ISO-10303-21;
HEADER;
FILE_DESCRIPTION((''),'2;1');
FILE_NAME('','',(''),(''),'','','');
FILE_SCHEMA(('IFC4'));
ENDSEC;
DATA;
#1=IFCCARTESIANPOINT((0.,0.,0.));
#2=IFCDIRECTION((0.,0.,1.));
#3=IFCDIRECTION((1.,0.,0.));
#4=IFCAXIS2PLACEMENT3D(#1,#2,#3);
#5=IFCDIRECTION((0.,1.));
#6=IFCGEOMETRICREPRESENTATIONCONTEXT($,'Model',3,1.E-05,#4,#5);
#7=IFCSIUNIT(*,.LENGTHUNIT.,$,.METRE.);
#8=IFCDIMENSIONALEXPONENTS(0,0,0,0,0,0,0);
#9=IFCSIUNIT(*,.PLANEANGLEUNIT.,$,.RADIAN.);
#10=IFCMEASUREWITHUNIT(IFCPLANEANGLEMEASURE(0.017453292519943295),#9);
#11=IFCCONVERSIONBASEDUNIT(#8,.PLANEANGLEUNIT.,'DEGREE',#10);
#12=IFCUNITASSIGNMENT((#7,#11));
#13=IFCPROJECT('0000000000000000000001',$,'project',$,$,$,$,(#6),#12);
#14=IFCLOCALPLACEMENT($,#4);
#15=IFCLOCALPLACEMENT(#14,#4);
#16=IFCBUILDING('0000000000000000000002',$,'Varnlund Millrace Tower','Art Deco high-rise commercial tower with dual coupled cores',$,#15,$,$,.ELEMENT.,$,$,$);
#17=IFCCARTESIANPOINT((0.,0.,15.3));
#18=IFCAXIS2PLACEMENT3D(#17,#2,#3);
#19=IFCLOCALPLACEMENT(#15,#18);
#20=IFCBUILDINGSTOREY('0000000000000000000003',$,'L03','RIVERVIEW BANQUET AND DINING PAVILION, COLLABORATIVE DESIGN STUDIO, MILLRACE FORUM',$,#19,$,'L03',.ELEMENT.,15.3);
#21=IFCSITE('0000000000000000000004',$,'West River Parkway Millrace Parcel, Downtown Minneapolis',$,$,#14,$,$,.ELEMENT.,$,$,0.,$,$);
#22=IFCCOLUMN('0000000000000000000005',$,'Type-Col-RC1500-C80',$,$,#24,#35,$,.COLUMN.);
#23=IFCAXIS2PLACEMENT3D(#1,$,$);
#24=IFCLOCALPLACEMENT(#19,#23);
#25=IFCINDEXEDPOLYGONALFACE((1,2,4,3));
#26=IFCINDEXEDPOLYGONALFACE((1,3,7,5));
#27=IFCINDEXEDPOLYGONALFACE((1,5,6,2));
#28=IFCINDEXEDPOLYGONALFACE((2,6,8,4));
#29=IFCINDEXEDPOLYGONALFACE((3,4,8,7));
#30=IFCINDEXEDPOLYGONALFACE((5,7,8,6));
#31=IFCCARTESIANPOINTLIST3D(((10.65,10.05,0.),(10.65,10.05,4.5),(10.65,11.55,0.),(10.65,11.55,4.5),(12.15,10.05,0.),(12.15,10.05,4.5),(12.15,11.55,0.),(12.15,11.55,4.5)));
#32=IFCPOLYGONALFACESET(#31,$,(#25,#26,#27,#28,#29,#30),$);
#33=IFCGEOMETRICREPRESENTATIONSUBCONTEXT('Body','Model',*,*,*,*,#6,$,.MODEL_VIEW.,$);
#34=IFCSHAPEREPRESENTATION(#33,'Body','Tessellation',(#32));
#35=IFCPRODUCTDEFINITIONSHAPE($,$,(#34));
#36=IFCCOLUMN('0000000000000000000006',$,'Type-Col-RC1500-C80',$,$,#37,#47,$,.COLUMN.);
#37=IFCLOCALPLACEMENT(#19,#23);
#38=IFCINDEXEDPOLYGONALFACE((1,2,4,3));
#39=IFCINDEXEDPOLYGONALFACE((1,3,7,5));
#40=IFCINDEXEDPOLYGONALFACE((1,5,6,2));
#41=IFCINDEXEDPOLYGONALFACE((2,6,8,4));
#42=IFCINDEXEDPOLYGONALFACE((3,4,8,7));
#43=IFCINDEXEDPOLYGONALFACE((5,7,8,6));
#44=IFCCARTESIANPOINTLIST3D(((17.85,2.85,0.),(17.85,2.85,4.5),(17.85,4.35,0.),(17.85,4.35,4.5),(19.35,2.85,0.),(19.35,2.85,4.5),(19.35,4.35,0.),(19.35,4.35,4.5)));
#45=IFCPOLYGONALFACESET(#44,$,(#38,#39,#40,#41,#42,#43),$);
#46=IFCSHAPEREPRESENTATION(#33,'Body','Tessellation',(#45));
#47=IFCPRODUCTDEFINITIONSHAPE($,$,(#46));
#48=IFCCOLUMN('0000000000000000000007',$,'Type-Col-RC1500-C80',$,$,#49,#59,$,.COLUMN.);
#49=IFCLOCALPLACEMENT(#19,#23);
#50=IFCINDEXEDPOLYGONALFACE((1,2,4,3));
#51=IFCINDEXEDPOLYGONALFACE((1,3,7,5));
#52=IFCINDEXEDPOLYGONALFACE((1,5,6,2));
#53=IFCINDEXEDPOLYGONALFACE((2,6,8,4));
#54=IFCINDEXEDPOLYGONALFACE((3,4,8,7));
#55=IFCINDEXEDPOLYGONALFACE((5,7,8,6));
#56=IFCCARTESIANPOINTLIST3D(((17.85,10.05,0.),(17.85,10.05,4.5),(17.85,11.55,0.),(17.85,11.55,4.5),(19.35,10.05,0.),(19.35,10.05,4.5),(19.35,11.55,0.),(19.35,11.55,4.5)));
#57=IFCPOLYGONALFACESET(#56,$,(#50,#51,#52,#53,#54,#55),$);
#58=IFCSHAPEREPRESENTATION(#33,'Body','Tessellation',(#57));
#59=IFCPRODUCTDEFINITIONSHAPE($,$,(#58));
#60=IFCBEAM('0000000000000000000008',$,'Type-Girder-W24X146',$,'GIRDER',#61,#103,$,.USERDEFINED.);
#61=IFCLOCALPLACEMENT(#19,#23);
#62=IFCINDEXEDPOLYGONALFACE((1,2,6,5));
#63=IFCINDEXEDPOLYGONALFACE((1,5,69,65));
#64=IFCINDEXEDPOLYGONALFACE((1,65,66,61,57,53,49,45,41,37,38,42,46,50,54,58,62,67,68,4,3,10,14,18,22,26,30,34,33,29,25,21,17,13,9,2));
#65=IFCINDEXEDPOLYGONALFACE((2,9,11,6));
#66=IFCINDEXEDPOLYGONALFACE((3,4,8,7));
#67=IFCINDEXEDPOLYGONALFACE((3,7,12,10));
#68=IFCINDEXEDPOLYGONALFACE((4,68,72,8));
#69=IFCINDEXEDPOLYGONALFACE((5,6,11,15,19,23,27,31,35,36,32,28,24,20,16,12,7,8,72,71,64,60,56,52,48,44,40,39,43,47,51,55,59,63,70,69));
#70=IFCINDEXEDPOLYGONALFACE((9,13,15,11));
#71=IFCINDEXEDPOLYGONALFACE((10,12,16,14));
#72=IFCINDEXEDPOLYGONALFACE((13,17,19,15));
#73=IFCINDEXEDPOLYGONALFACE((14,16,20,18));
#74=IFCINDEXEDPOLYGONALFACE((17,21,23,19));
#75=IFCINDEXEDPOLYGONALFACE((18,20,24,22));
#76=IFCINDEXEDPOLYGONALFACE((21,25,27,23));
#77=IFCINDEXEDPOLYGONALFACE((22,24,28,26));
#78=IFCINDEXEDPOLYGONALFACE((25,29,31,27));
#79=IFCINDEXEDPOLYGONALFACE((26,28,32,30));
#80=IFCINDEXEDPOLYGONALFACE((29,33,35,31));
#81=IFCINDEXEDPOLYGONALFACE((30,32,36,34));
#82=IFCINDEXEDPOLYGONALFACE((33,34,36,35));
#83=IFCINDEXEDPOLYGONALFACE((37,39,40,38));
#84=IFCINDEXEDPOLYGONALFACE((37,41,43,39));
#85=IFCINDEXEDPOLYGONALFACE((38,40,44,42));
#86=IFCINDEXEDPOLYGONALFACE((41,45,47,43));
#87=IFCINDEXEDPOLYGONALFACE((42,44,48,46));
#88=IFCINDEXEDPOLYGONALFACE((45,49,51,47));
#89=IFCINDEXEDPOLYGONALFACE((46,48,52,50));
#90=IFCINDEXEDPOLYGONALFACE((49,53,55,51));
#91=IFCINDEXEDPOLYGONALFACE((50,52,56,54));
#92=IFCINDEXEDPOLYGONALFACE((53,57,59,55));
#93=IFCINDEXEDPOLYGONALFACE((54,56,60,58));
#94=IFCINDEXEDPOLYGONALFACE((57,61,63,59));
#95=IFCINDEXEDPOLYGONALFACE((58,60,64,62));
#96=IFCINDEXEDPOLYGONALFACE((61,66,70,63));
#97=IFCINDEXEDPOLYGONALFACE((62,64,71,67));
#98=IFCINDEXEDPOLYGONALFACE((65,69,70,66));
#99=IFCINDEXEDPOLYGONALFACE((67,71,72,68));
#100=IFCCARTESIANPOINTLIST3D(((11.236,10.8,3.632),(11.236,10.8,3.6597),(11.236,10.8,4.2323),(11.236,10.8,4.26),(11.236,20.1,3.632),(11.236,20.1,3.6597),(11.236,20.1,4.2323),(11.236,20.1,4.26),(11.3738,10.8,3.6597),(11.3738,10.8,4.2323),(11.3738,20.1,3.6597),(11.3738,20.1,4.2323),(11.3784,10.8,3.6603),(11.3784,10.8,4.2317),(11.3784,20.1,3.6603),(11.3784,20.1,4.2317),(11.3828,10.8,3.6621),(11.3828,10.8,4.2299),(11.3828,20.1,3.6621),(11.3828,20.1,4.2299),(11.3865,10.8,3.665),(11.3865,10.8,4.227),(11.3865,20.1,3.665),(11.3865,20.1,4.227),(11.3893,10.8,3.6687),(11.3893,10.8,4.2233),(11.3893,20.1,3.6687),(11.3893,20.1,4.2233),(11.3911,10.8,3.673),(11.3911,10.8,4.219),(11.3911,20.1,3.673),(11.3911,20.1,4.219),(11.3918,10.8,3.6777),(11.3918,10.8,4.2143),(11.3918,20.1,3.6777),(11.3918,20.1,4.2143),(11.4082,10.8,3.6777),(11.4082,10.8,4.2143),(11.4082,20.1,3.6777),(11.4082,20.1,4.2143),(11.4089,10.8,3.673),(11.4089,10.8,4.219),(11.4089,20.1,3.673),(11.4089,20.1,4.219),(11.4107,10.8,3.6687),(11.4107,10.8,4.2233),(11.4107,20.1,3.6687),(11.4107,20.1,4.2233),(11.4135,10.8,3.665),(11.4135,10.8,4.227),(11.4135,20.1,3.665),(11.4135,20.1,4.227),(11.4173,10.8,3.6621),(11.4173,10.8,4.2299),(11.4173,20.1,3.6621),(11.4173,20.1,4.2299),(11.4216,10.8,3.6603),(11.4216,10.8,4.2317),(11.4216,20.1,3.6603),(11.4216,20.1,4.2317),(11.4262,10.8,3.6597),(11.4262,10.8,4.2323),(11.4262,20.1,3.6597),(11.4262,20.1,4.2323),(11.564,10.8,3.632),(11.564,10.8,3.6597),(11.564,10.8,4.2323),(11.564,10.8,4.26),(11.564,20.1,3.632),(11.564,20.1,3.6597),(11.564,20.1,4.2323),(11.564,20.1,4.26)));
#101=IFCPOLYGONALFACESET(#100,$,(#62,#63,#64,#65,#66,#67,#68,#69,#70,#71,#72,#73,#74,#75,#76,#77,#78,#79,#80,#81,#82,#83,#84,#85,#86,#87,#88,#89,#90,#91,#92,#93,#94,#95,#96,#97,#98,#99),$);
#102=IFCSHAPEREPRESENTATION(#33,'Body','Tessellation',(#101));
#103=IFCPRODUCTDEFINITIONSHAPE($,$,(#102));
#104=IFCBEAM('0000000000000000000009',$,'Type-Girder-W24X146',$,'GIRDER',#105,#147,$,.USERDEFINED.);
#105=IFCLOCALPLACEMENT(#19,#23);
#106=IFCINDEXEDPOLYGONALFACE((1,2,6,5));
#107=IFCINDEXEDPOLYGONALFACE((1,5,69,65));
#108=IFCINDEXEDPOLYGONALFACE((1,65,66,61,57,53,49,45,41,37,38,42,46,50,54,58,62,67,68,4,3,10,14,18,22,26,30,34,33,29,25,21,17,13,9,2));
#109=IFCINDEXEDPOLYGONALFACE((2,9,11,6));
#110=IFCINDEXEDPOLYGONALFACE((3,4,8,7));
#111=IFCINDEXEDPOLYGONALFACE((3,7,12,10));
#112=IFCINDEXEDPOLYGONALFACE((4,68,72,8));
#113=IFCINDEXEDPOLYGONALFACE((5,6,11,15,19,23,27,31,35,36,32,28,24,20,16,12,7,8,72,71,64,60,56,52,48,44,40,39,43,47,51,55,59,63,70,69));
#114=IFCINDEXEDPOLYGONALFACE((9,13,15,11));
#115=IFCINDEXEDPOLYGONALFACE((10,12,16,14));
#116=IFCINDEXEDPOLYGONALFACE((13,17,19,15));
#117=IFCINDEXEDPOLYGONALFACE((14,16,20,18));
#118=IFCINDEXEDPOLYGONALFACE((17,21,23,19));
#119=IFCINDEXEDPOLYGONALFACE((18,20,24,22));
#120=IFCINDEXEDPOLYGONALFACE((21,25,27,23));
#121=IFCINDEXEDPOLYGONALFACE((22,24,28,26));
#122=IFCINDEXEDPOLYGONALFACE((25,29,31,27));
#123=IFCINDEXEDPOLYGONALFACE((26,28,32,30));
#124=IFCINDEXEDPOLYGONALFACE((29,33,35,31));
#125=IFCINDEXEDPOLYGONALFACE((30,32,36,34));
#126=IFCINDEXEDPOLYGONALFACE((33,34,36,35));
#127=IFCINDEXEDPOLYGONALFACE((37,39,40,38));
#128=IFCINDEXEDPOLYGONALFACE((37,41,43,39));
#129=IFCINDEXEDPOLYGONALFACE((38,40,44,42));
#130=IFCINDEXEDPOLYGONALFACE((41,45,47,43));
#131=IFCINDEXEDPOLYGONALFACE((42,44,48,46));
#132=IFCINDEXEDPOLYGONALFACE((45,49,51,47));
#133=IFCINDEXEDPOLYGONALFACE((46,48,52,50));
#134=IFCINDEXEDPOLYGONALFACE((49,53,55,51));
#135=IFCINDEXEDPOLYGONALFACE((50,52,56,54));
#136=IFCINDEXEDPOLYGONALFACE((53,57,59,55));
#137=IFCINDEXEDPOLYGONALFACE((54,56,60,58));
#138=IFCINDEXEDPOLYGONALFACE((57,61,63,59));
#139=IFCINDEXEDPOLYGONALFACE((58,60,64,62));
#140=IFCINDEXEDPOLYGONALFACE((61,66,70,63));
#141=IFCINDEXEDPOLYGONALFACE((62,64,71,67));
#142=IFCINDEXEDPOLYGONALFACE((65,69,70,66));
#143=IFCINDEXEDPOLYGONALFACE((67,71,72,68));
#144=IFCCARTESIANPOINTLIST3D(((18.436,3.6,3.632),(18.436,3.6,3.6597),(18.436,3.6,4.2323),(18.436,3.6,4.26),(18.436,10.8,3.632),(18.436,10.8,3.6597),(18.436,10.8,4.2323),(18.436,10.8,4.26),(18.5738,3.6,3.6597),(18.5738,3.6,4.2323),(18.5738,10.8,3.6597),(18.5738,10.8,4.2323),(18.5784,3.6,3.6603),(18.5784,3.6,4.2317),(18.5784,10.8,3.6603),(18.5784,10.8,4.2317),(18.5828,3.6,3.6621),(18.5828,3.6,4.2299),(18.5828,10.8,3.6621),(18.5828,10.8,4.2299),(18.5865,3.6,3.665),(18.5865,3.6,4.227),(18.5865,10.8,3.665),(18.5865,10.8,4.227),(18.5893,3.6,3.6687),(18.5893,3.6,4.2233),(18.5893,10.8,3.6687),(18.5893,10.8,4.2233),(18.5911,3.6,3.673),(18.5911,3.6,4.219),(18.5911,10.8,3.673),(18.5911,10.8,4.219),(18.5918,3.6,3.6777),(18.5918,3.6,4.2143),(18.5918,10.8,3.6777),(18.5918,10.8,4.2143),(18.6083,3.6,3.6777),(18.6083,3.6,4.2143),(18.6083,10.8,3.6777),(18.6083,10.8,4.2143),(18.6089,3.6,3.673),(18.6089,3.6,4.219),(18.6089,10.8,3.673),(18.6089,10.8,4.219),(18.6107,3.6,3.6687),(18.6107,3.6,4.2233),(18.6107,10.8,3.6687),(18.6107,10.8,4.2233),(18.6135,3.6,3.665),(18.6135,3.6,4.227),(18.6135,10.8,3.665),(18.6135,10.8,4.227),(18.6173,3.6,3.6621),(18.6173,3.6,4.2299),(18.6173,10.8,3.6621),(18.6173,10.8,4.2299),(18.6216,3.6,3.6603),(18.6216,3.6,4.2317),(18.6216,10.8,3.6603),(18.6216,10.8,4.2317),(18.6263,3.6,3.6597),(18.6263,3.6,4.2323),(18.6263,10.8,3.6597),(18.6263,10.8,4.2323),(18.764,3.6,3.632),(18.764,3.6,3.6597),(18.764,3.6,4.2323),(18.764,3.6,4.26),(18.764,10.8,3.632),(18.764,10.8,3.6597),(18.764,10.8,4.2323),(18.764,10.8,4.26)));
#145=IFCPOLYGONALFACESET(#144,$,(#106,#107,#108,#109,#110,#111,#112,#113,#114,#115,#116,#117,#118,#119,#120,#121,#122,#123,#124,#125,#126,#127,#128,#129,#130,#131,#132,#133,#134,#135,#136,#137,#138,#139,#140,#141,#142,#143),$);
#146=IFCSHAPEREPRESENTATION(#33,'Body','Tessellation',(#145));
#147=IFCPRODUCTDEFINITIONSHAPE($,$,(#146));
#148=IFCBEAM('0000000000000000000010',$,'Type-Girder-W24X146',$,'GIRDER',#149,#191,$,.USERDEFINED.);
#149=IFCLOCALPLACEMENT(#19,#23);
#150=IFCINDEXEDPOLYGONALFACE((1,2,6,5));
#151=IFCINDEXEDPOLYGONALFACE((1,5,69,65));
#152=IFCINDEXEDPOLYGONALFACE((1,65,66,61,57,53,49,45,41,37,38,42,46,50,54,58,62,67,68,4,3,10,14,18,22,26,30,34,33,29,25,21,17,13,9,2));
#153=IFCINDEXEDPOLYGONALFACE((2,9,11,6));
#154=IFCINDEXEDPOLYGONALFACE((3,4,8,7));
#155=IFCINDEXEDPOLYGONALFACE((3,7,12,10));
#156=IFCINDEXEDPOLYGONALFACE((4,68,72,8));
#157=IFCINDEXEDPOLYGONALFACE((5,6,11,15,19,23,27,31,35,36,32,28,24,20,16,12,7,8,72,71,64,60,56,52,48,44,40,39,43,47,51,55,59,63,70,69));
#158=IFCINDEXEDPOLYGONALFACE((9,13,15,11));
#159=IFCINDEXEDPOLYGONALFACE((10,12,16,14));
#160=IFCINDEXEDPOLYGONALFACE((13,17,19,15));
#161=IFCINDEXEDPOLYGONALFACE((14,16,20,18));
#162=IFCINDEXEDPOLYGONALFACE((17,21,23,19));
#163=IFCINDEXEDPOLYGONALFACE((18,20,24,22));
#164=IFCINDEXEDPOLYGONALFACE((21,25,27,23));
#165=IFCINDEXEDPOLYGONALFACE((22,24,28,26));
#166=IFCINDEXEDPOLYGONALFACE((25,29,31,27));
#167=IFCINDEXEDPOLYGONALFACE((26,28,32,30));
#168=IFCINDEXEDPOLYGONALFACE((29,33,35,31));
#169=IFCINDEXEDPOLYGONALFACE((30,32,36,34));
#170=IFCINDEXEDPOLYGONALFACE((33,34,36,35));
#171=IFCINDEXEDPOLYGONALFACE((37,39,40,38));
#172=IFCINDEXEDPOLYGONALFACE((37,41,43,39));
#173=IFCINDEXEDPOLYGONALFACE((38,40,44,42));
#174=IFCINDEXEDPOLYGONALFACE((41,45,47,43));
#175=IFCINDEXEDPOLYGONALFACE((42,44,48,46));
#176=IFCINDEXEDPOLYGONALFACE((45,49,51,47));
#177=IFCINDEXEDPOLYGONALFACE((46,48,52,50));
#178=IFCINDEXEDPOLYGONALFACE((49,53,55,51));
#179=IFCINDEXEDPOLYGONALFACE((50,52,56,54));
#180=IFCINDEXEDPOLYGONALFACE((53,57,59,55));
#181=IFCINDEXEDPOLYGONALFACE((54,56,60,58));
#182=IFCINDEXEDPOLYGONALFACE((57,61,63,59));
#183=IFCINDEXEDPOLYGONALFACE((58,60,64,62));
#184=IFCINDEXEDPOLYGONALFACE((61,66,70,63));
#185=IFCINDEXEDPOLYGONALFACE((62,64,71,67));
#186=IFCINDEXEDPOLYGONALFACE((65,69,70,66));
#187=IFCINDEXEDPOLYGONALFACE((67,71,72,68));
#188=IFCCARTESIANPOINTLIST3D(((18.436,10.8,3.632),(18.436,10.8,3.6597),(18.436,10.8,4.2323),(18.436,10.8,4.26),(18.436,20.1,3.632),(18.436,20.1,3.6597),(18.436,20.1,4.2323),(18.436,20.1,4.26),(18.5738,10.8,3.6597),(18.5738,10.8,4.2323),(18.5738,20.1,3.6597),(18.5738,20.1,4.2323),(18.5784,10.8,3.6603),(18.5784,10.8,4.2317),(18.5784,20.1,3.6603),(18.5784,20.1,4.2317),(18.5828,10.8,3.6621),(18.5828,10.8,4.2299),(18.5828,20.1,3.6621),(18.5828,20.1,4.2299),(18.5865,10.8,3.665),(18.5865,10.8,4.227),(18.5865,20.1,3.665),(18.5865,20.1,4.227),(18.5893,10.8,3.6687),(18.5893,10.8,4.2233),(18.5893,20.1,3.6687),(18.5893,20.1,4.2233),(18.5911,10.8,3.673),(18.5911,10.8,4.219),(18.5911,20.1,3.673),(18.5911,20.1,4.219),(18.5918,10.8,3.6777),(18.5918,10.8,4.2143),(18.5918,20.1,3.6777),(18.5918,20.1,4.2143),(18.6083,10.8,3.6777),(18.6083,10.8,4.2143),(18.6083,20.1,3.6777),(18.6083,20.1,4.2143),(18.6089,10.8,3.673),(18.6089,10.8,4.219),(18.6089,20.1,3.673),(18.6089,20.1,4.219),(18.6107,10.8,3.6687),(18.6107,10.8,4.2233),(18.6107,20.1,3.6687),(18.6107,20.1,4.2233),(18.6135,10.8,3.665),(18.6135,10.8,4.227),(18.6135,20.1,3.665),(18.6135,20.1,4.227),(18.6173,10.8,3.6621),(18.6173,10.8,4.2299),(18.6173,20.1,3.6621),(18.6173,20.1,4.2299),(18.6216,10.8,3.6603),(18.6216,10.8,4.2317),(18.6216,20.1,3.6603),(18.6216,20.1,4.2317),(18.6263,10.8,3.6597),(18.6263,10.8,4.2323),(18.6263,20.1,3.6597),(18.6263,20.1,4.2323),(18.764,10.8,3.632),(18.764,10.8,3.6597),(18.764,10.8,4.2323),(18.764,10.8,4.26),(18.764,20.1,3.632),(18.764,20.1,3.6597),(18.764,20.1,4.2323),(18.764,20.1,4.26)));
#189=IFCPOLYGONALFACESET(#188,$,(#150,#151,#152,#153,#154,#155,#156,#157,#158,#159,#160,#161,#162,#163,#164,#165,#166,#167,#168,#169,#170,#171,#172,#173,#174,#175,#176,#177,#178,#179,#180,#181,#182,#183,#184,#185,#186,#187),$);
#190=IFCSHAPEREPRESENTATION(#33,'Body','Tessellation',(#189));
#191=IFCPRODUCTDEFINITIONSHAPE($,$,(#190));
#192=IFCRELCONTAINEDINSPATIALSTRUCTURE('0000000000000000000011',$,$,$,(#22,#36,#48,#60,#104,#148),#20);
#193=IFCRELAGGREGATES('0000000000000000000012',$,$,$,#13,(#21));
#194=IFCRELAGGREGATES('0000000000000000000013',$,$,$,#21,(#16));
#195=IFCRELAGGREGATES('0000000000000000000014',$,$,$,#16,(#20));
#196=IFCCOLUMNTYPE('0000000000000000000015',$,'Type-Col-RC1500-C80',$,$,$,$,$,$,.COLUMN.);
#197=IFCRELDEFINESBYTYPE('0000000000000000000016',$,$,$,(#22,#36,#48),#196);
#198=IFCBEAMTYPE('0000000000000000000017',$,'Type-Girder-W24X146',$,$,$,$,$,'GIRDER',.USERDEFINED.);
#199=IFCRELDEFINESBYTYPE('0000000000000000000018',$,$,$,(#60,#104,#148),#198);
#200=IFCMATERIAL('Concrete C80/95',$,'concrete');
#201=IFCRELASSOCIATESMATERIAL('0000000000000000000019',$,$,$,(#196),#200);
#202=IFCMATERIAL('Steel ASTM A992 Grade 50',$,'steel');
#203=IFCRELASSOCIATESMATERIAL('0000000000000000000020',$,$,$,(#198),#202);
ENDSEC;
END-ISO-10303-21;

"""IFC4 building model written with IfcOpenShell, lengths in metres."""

from ifc_helpers import new_model, entity, si_unit, converted_unit, direction, frame, origin_with_axes, origin_2d_with_axis, place, context, subcontext, project, spatial, rectangle, i_section, extrude, material, material_profile, profile_set, type_object, element, save


model = new_model("IFC4")

# Units and contexts
model_context = context("Model", 3, precision=1e-05, world=origin_with_axes(), true_north=direction((0.0, 1.0)))
body_context = subcontext(model_context, "Body", "Model", "MODEL_VIEW")
ifc_project = project(units=[si_unit("LENGTHUNIT", "METRE"), converted_unit("PLANEANGLEUNIT", "DEGREE", entity("IfcPlaneAngleMeasure", 0.017453292519943295), si_unit("PLANEANGLEUNIT", "RADIAN"), dimensions=[0, 0, 0, 0, 0, 0, 0])], contexts=[model_context])

# Site, building, storey
site_placement = place(None, origin_with_axes())
site = spatial("IfcSite", under=ifc_project, at=site_placement, Name="West River Parkway Millrace Parcel, Downtown Minneapolis", CompositionType="ELEMENT", RefElevation=0.0)
building_placement = place(site_placement, origin_with_axes())
building = spatial("IfcBuilding", under=site, at=building_placement, Name="Varnlund Millrace Tower", Description="Art Deco high-rise commercial tower with dual coupled cores", CompositionType="ELEMENT")
storey_placement = place(building_placement, frame((0.0, 0.0, 15.3), z_axis=(0.0, 0.0, 1.0), x_axis=(1.0, 0.0, 0.0)))
storey = spatial("IfcBuildingStorey", under=building, at=storey_placement, Name="L03", Description="RIVERVIEW BANQUET AND DINING PAVILION, COLLABORATIVE DESIGN STUDIO, MILLRACE FORUM", LongName="L03", CompositionType="ELEMENT", Elevation=15.3)

# Columns
ifc_material_1 = material(Name="Concrete C80/95", Category="concrete")
ifc_material_profile_1 = material_profile(ifc_material_1, rectangle(XDim=1.5, YDim=1.5, at=origin_2d_with_axis()), Name="Concrete C80/95")
ifc_profile_set_1 = profile_set([ifc_material_profile_1], Name="Concrete C80/95")
column_type = type_object("IfcColumnType", Name="Type-Col-RC1500-C80", PredefinedType="COLUMN", material=ifc_profile_set_1)
for number, where, z_axis, x_axis, name in (
    (1, (11.4, 10.8, 0.0), (0.0, 0.0, 1.0), (1.0, 0.0, 0.0), "Type-Col-RC1500-C80"),
    (2, (18.6, 3.6, 0.0), (0.0, 0.0, 1.0), (1.0, 0.0, 0.0), "Type-Col-RC1500-C80"),
    (3, (18.6, 10.8, 0.0), (0.0, 0.0, 1.0), (1.0, 0.0, 0.0), "Type-Col-RC1500-C80"),
):
    element("IfcColumn", number, at=place(storey_placement, frame(where, z_axis=z_axis, x_axis=x_axis)), inside=storey, type_object=column_type, Name=name, PredefinedType="COLUMN", context=body_context, shape_type="SweptSolid", body=[
        extrude(rectangle(XDim=1.5, YDim=1.5, at=origin_2d_with_axis()), origin_with_axes(), (0.0, 0.0, 1.0), 4.5),
    ])

# Beams
ifc_material_2 = material(Name="Steel ASTM A992 Grade 50", Category="steel")
ifc_material_profile_2 = material_profile(ifc_material_2, i_section(OverallWidth=0.328, OverallDepth=0.628, WebThickness=0.0165, FlangeThickness=0.0277, FilletRadius=0.018, at=origin_2d_with_axis()), Name="Steel ASTM A992 Grade 50")
ifc_profile_set_2 = profile_set([ifc_material_profile_2], Name="Steel ASTM A992 Grade 50")
beam_type_1 = type_object("IfcBeamType", Name="Type-Girder-W24X146", ElementType="GIRDER", PredefinedType="USERDEFINED", material=ifc_profile_set_2)
beam_1_placement = place(storey_placement, frame((11.4, 10.8, 3.946), z_axis=(0.0, 1.0, 0.0), x_axis=(-1.0, 0.0, 0.0)))
element("IfcBeam", 4, at=beam_1_placement, inside=storey, type_object=beam_type_1, Name="Type-Girder-W24X146", ObjectType="GIRDER", PredefinedType="USERDEFINED", context=body_context, shape_type="SweptSolid", body=[
    extrude(i_section(OverallWidth=0.328, OverallDepth=0.628, WebThickness=0.0165, FlangeThickness=0.0277, FilletRadius=0.018, at=origin_2d_with_axis()), origin_with_axes(), (0.0, 0.0, 1.0), 9.3),
])
beam_2_placement = place(storey_placement, frame((18.6, 3.6, 3.946), z_axis=(0.0, 1.0, 0.0), x_axis=(-1.0, 0.0, 0.0)))
element("IfcBeam", 5, at=beam_2_placement, inside=storey, type_object=beam_type_1, Name="Type-Girder-W24X146", ObjectType="GIRDER", PredefinedType="USERDEFINED", context=body_context, shape_type="SweptSolid", body=[
    extrude(i_section(OverallWidth=0.328, OverallDepth=0.628, WebThickness=0.0165, FlangeThickness=0.0277, FilletRadius=0.018, at=origin_2d_with_axis()), origin_with_axes(), (0.0, 0.0, 1.0), 7.2),
])
beam_3_placement = place(storey_placement, frame((18.6, 10.8, 3.946), z_axis=(0.0, 1.0, 0.0), x_axis=(-1.0, 0.0, 0.0)))
element("IfcBeam", 6, at=beam_3_placement, inside=storey, type_object=beam_type_1, Name="Type-Girder-W24X146", ObjectType="GIRDER", PredefinedType="USERDEFINED", context=body_context, shape_type="SweptSolid", body=[
    extrude(i_section(OverallWidth=0.328, OverallDepth=0.628, WebThickness=0.0165, FlangeThickness=0.0277, FilletRadius=0.018, at=origin_2d_with_axis()), origin_with_axes(), (0.0, 0.0, 1.0), 9.3),
])

save(model, "model.ifc")
